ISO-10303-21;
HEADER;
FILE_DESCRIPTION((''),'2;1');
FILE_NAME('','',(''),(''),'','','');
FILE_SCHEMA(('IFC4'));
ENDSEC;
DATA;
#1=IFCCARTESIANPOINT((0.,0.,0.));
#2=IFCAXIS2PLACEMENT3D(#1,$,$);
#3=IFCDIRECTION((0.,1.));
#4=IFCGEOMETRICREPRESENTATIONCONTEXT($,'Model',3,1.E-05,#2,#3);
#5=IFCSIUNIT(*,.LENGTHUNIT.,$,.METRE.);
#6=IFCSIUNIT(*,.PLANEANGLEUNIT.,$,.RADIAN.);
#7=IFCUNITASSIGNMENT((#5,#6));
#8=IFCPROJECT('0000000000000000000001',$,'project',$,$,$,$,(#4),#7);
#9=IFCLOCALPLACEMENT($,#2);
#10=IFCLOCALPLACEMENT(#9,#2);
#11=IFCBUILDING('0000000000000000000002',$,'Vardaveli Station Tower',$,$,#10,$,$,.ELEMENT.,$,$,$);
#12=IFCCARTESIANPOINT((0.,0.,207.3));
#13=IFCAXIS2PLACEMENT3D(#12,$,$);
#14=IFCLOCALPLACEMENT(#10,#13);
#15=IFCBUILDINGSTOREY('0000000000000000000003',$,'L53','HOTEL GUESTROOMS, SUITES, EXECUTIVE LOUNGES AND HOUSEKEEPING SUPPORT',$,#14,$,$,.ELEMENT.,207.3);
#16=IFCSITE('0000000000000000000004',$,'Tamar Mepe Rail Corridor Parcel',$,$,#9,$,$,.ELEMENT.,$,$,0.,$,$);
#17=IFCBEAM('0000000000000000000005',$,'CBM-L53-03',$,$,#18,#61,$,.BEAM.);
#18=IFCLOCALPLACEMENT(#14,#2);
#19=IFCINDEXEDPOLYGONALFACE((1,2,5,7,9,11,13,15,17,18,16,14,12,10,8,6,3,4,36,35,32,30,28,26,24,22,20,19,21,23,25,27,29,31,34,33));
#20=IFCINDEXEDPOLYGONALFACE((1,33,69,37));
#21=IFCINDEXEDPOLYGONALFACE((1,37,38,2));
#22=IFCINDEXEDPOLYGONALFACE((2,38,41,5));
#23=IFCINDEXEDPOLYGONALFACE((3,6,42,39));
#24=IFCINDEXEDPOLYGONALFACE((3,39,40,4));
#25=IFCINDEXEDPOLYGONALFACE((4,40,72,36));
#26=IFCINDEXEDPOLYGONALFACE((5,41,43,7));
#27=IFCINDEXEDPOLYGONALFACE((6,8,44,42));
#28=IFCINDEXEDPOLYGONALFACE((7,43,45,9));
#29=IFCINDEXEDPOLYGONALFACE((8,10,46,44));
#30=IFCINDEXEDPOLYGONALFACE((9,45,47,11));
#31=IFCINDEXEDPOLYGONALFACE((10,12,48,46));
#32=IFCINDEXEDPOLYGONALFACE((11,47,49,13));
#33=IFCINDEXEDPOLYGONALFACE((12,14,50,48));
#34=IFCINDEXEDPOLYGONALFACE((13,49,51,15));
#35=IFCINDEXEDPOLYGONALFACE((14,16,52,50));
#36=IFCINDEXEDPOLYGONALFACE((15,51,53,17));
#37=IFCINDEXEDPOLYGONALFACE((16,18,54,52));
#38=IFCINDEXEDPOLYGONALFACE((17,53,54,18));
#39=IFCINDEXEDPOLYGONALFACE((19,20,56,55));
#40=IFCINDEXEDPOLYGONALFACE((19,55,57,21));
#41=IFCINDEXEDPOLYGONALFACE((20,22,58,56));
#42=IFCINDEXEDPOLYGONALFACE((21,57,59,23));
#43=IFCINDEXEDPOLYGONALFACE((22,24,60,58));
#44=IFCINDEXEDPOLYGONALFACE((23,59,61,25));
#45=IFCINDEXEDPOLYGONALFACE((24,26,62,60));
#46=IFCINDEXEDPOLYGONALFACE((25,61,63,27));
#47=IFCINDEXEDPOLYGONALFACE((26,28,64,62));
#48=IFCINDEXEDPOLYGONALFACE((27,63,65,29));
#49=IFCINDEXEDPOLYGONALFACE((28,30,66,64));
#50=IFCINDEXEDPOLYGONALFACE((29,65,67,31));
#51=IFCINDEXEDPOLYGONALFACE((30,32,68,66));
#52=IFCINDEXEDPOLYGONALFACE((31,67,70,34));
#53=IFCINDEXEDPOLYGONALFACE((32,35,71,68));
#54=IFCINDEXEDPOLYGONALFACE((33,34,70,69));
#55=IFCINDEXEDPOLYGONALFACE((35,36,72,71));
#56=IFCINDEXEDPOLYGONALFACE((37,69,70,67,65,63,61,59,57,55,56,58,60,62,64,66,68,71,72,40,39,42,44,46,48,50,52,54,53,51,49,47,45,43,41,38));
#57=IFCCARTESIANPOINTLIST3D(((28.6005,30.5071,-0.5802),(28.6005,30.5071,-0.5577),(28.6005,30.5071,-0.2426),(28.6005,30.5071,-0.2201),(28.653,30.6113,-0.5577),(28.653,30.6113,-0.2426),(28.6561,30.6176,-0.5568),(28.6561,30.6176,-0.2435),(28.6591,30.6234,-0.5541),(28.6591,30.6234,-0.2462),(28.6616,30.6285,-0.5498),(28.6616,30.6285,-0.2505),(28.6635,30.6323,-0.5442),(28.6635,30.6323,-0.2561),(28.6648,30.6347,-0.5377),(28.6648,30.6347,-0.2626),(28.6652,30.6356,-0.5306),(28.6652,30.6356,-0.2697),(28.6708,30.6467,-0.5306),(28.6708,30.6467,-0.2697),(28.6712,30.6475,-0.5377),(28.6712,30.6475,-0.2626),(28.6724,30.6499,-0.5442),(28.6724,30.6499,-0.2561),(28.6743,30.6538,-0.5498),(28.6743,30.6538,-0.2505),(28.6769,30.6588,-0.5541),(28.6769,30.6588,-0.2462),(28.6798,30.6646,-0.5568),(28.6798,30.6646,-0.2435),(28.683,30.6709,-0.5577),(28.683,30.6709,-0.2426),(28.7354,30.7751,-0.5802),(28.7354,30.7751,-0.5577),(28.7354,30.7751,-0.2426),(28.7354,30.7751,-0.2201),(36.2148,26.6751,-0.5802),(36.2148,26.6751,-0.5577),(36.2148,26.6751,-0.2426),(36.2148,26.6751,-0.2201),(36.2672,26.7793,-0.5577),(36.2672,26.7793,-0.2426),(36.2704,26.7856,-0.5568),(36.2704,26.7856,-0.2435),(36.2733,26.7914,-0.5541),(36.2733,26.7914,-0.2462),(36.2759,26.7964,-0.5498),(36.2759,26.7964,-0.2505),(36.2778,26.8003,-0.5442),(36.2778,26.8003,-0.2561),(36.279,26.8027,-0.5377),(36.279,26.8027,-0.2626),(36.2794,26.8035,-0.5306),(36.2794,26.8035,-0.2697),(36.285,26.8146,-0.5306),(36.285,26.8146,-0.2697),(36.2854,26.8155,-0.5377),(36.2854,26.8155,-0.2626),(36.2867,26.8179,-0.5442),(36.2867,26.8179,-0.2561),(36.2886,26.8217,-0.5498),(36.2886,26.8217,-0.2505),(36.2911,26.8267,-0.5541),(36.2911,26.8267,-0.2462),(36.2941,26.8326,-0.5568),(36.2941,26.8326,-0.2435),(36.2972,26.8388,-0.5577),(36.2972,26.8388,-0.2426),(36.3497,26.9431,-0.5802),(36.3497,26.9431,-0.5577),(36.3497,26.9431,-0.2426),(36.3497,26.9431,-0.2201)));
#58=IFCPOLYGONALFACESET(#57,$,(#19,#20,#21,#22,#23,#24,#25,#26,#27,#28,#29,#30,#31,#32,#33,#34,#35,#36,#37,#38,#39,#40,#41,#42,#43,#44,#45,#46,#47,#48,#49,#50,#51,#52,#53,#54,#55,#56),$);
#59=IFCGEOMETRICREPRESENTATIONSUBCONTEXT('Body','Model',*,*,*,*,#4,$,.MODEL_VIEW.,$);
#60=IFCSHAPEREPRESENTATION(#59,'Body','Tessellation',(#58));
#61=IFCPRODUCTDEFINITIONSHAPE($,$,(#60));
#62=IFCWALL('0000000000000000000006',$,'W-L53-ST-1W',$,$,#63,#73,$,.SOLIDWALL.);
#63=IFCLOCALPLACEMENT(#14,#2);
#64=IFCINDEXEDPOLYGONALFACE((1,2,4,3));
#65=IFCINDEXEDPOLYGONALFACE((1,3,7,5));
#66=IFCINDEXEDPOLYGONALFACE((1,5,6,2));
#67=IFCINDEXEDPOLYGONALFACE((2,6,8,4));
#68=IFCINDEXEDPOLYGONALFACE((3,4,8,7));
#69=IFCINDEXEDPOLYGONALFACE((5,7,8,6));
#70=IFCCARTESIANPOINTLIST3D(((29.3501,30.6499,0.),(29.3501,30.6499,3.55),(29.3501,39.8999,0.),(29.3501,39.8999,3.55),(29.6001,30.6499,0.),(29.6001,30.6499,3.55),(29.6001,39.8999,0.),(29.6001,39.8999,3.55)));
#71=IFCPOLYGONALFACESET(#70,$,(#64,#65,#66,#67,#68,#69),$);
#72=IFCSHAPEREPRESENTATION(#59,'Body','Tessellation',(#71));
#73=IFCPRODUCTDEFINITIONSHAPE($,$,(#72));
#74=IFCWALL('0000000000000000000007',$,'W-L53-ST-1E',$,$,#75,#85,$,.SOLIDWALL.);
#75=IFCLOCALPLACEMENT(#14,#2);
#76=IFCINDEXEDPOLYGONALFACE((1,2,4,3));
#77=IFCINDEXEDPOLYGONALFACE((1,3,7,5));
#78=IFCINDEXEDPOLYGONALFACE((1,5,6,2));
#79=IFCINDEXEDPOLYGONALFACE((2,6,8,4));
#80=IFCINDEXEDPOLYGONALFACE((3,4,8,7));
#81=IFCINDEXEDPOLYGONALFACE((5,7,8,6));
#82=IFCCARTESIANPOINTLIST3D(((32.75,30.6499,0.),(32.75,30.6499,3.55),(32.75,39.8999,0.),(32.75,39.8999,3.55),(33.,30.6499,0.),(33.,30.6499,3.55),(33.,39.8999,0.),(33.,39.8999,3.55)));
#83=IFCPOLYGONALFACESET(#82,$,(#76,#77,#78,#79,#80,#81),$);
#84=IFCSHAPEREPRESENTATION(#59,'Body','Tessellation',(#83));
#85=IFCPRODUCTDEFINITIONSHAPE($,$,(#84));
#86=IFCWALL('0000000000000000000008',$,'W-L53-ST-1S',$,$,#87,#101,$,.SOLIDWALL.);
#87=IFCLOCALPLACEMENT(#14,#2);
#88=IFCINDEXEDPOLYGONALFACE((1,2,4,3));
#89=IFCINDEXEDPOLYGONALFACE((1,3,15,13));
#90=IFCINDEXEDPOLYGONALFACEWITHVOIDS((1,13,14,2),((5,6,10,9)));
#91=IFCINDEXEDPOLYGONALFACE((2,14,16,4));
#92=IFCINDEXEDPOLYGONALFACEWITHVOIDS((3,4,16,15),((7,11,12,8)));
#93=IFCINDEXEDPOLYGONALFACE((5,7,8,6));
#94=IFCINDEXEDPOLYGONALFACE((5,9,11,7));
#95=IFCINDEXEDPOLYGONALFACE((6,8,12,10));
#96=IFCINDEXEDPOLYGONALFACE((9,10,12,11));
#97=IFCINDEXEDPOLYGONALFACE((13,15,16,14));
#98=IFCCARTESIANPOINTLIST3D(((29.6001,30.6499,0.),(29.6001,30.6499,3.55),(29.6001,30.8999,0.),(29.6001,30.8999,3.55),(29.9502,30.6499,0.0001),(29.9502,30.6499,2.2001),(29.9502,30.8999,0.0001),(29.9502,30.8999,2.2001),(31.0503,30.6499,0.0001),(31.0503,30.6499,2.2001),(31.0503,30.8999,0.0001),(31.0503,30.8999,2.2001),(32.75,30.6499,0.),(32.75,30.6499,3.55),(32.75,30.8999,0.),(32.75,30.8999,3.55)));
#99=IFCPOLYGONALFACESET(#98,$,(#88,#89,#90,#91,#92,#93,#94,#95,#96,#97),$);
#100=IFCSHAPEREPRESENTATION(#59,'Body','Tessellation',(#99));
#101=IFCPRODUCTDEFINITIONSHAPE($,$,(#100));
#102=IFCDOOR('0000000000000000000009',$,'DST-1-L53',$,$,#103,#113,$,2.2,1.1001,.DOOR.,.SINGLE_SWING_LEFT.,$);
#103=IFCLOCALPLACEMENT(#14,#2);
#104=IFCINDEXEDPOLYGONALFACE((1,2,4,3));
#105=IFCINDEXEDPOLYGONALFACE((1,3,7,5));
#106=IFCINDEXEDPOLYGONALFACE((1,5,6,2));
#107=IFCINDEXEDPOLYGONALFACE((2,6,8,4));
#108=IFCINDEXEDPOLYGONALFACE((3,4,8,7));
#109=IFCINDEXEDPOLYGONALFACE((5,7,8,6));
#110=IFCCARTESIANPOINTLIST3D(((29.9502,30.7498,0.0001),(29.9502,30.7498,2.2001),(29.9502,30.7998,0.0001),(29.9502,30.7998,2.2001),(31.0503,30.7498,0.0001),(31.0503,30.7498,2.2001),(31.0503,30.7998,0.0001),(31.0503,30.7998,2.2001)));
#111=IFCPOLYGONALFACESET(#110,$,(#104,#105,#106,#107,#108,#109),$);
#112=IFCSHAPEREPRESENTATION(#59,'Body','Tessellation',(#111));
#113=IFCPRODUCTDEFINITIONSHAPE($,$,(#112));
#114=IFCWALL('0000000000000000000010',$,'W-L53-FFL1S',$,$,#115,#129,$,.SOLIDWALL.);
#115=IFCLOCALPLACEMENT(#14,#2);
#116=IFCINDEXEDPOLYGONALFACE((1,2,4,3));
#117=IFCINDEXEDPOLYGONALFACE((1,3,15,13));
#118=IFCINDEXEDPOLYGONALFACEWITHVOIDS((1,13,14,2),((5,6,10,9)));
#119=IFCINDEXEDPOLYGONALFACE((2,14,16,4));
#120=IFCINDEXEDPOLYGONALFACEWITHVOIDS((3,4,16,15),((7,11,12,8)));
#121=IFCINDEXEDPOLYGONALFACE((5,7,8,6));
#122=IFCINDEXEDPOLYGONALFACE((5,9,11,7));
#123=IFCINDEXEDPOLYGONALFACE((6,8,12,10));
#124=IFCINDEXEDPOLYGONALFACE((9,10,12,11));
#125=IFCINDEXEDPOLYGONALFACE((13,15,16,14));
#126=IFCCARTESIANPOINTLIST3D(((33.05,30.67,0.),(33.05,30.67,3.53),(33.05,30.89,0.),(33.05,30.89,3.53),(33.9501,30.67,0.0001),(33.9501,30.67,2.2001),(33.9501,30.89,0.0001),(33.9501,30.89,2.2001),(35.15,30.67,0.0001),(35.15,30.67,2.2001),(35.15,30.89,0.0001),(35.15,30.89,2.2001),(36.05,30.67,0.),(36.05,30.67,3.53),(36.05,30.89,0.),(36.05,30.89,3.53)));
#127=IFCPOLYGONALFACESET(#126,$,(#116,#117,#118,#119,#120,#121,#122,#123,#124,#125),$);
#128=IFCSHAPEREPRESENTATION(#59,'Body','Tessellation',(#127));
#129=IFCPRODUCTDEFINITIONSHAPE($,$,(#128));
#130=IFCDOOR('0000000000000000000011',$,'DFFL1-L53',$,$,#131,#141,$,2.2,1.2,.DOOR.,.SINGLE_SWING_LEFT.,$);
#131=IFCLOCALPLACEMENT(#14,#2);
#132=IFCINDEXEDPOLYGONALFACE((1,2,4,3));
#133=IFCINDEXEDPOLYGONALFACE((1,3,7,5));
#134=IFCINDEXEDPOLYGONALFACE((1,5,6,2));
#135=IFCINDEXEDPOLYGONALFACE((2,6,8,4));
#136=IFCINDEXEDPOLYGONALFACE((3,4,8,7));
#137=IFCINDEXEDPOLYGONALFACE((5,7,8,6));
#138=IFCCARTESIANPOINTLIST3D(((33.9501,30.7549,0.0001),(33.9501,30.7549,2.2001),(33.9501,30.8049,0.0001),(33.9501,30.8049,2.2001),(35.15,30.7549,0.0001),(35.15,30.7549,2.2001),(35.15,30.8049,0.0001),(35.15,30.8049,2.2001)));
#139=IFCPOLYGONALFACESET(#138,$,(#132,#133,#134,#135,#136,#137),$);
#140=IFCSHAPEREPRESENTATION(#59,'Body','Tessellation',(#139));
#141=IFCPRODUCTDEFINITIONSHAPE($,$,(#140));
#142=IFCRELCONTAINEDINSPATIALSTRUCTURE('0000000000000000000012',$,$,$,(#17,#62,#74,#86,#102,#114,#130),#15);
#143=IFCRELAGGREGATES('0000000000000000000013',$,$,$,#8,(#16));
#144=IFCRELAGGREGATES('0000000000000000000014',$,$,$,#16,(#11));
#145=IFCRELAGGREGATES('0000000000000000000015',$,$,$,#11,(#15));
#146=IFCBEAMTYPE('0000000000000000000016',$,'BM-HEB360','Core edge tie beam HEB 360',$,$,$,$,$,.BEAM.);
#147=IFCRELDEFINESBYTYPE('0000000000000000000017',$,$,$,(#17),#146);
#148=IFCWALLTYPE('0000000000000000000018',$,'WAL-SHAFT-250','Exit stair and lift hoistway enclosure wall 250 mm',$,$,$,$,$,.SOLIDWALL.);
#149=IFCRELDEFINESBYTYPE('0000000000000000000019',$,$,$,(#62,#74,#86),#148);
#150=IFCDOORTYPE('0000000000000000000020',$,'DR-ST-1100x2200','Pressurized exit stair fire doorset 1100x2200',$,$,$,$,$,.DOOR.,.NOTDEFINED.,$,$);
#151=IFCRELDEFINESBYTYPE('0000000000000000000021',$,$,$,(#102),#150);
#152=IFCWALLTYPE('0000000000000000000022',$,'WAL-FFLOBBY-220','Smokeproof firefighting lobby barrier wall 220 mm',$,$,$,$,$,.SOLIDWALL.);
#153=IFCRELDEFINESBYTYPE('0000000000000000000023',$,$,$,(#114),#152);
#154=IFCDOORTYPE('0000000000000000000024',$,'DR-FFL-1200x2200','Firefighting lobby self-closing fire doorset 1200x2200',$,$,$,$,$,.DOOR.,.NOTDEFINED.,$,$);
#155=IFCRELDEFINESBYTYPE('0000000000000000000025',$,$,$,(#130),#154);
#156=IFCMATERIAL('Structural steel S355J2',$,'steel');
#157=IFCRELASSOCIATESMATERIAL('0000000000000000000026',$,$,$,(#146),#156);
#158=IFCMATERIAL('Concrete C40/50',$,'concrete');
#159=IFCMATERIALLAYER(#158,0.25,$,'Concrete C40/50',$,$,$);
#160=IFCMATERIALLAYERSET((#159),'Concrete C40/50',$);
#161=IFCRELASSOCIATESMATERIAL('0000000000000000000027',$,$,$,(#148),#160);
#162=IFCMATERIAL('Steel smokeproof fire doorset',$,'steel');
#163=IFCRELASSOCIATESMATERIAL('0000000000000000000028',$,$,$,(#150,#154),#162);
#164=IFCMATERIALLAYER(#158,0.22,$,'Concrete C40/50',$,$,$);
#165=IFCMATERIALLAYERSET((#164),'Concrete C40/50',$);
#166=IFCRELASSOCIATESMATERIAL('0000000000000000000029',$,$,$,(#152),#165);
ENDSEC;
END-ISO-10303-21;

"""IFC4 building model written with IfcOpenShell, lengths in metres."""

from ifc_helpers import new_model, si_unit, direction, frame, frame_2d, origin, origin_2d, place, context, subcontext, project, spatial, rectangle, i_section, extrude, source, transform, mapped, material, layer, layer_set, material_profile, profile_set, type_object, element, fill, save


model = new_model("IFC4")

# Units and contexts
model_context = context("Model", 3, precision=1e-05, world=origin(), true_north=direction((0.0, 1.0)))
body_context = subcontext(model_context, "Body", "Model", "MODEL_VIEW")
ifc_project = project(units=[si_unit("LENGTHUNIT", "METRE"), si_unit("PLANEANGLEUNIT", "RADIAN")], contexts=[model_context])

# Site, building, storey
site_placement = place(None, origin())
site = spatial("IfcSite", under=ifc_project, at=site_placement, Name="Tamar Mepe Rail Corridor Parcel", CompositionType="ELEMENT", RefElevation=0.0)
building_placement = place(site_placement, origin())
building = spatial("IfcBuilding", under=site, at=building_placement, Name="Vardaveli Station Tower", CompositionType="ELEMENT")
storey_placement = place(building_placement, frame((0.0, 0.0, 207.3)))
storey = spatial("IfcBuildingStorey", under=building, at=storey_placement, Name="L53", Description="HOTEL GUESTROOMS, SUITES, EXECUTIVE LOUNGES AND HOUSEKEEPING SUPPORT", CompositionType="ELEMENT", Elevation=207.3)

# Beam
ifc_material_1 = material(Name="Structural steel S355J2", Category="steel")
ifc_material_profile_1 = material_profile(ifc_material_1, i_section(OverallWidth=0.3, OverallDepth=0.3601, WebThickness=0.0125, FlangeThickness=0.0225, FilletRadius=0.0271, at=origin_2d()), Name="HEB 360")
ifc_profile_set_1 = profile_set([ifc_material_profile_1], Name="Structural steel S355J2")
beam_type_1 = type_object("IfcBeamType", Name="BM-HEB360", Description="Core edge tie beam HEB 360", PredefinedType="BEAM", material=ifc_profile_set_1)
shared_shape_1 = source(origin(), body_context, "Body", "SweptSolid", [
    extrude(i_section(OverallWidth=0.3, OverallDepth=0.3601, WebThickness=0.0125, FlangeThickness=0.0225, FilletRadius=0.0271, at=origin_2d()), origin(), (0.0, 0.0, 1.0), 8.5242),
])
beam_1_placement = place(storey_placement, frame((28.668, 30.6411, -0.4001), z_axis=(0.893256, -0.449549, 0.0), x_axis=(0.449549, 0.893256, 0.0)))
element("IfcBeam", 1, at=beam_1_placement, inside=storey, type_object=beam_type_1, Name="CBM-L53-03", PredefinedType="BEAM", context=body_context, shape_type="MappedRepresentation", body=[
    mapped(shared_shape_1, transform((0.0, 0.0, 0.0), scale=1.0)),
])

# Walls
ifc_material_2 = material(Name="Concrete C40/50", Category="concrete")
ifc_layer_1 = layer(ifc_material_2, 0.25, Name="Concrete C40/50")
ifc_layer_set_1 = layer_set([ifc_layer_1], Name="Concrete C40/50")
wall_type_1 = type_object("IfcWallType", Name="WAL-SHAFT-250", Description="Exit stair and lift hoistway enclosure wall 250 mm", PredefinedType="SOLIDWALL", material=ifc_layer_set_1)
shared_shape_2 = source(origin(), body_context, "Body", "SweptSolid", [
    extrude(rectangle(XDim=9.25, YDim=0.25, at=frame_2d((4.625, 0.0))), origin(), (0.0, 0.0, 1.0), 3.55),
])
for number, where, z_axis, x_axis, name in (
    (2, (29.4751, 30.6499, 0.0), (0.0, 0.0, 1.0), (0.0, 1.0, 0.0), "W-L53-ST-1W"),
    (3, (32.875, 30.6499, 0.0), (0.0, 0.0, 1.0), (0.0, 1.0, 0.0), "W-L53-ST-1E"),
):
    element("IfcWall", number, at=place(storey_placement, frame(where, z_axis=z_axis, x_axis=x_axis)), inside=storey, type_object=wall_type_1, Name=name, PredefinedType="SOLIDWALL", context=body_context, shape_type="MappedRepresentation", body=[
        mapped(shared_shape_2, transform((0.0, 0.0, 0.0), scale=1.0)),
    ])

# Walls, openings, doors
shared_shape_3 = source(origin(), body_context, "Body", "SweptSolid", [
    extrude(rectangle(XDim=3.1499, YDim=0.25, at=frame_2d((1.575, 0.0))), origin(), (0.0, 0.0, 1.0), 3.55),
])
wall_1_placement = place(storey_placement, frame((29.6001, 30.7749, 0.0), z_axis=(0.0, 0.0, 1.0), x_axis=(1.0, 0.0, 0.0)))
wall_1 = element("IfcWall", 4, at=wall_1_placement, inside=storey, type_object=wall_type_1, Name="W-L53-ST-1S", PredefinedType="SOLIDWALL", context=body_context, shape_type="MappedRepresentation", body=[
    mapped(shared_shape_3, transform((0.0, 0.0, 0.0), scale=1.0)),
])
shared_shape_4 = source(origin(), body_context, "Body", "SweptSolid", [
    extrude(rectangle(XDim=1.1001, YDim=2.2, at=frame_2d((0.55, 1.1001))), frame((0.0, 0.135, 0.0), z_axis=(0.0, -1.0, 0.0), x_axis=(1.0, 0.0, 0.0)), (0.0, 0.0, 1.0), 0.27),
])
opening_1_placement = place(wall_1_placement, frame((0.3501, 0.0, 0.0)))
opening_1 = element("IfcOpeningElement", 5, at=opening_1_placement, cuts=wall_1, PredefinedType="OPENING", context=body_context, shape_type="MappedRepresentation", body=[
    mapped(shared_shape_4, transform((0.0, 0.0, 0.0), scale=1.0)),
])
ifc_material_3 = material(Name="Steel smokeproof fire doorset", Category="steel")
door_type_1 = type_object("IfcDoorType", Name="DR-ST-1100x2200", Description="Pressurized exit stair fire doorset 1100x2200", OperationType="NOTDEFINED", PredefinedType="DOOR", material=ifc_material_3)
shared_shape_5 = source(origin(), body_context, "Body", "SweptSolid", [
    extrude(rectangle(XDim=1.1001, YDim=2.2, at=frame_2d((0.55, 1.1001))), frame((0.0, 0.0249, 0.0), z_axis=(0.0, -1.0, 0.0), x_axis=(1.0, 0.0, 0.0)), (0.0, 0.0, 1.0), 0.05),
])
door_1_placement = place(opening_1_placement, origin())
door_1 = element("IfcDoor", 6, at=door_1_placement, inside=storey, type_object=door_type_1, Name="DST-1-L53", OperationType="SINGLE_SWING_LEFT", OverallHeight=2.2, OverallWidth=1.1001, PredefinedType="DOOR", context=body_context, shape_type="MappedRepresentation", body=[
    mapped(shared_shape_5, transform((0.0, 0.0, 0.0), scale=1.0)),
])
fill(opening_1, door_1)
ifc_layer_2 = layer(ifc_material_2, 0.22, Name="Concrete C40/50")
ifc_layer_set_2 = layer_set([ifc_layer_2], Name="Concrete C40/50")
wall_type_2 = type_object("IfcWallType", Name="WAL-FFLOBBY-220", Description="Smokeproof firefighting lobby barrier wall 220 mm", PredefinedType="SOLIDWALL", material=ifc_layer_set_2)
shared_shape_6 = source(origin(), body_context, "Body", "SweptSolid", [
    extrude(rectangle(XDim=3.0, YDim=0.22, at=frame_2d((1.5, 0.0))), origin(), (0.0, 0.0, 1.0), 3.53),
])
wall_2_placement = place(storey_placement, frame((33.05, 30.78, 0.0), z_axis=(0.0, 0.0, 1.0), x_axis=(1.0, 0.0, 0.0)))
wall_2 = element("IfcWall", 7, at=wall_2_placement, inside=storey, type_object=wall_type_2, Name="W-L53-FFL1S", PredefinedType="SOLIDWALL", context=body_context, shape_type="MappedRepresentation", body=[
    mapped(shared_shape_6, transform((0.0, 0.0, 0.0), scale=1.0)),
])
shared_shape_7 = source(origin(), body_context, "Body", "SweptSolid", [
    extrude(rectangle(XDim=1.2, YDim=2.2, at=frame_2d((0.6001, 1.1001))), frame((0.0, 0.1201, 0.0), z_axis=(0.0, -1.0, 0.0), x_axis=(1.0, 0.0, 0.0)), (0.0, 0.0, 1.0), 0.24),
])
opening_2_placement = place(wall_2_placement, frame((0.8999, 0.0, 0.0)))
opening_2 = element("IfcOpeningElement", 8, at=opening_2_placement, cuts=wall_2, PredefinedType="OPENING", context=body_context, shape_type="MappedRepresentation", body=[
    mapped(shared_shape_7, transform((0.0, 0.0, 0.0), scale=1.0)),
])
door_type_2 = type_object("IfcDoorType", Name="DR-FFL-1200x2200", Description="Firefighting lobby self-closing fire doorset 1200x2200", OperationType="NOTDEFINED", PredefinedType="DOOR", material=ifc_material_3)
shared_shape_8 = source(origin(), body_context, "Body", "SweptSolid", [
    extrude(rectangle(XDim=1.2, YDim=2.2, at=frame_2d((0.6001, 1.1001))), frame((0.0, 0.0249, 0.0), z_axis=(0.0, -1.0, 0.0), x_axis=(1.0, 0.0, 0.0)), (0.0, 0.0, 1.0), 0.05),
])
door_2_placement = place(opening_2_placement, origin())
door_2 = element("IfcDoor", 9, at=door_2_placement, inside=storey, type_object=door_type_2, Name="DFFL1-L53", OperationType="SINGLE_SWING_LEFT", OverallHeight=2.2, OverallWidth=1.2, PredefinedType="DOOR", context=body_context, shape_type="MappedRepresentation", body=[
    mapped(shared_shape_8, transform((0.0, 0.0, 0.0), scale=1.0)),
])
fill(opening_2, door_2)

save(model, "model.ifc")
